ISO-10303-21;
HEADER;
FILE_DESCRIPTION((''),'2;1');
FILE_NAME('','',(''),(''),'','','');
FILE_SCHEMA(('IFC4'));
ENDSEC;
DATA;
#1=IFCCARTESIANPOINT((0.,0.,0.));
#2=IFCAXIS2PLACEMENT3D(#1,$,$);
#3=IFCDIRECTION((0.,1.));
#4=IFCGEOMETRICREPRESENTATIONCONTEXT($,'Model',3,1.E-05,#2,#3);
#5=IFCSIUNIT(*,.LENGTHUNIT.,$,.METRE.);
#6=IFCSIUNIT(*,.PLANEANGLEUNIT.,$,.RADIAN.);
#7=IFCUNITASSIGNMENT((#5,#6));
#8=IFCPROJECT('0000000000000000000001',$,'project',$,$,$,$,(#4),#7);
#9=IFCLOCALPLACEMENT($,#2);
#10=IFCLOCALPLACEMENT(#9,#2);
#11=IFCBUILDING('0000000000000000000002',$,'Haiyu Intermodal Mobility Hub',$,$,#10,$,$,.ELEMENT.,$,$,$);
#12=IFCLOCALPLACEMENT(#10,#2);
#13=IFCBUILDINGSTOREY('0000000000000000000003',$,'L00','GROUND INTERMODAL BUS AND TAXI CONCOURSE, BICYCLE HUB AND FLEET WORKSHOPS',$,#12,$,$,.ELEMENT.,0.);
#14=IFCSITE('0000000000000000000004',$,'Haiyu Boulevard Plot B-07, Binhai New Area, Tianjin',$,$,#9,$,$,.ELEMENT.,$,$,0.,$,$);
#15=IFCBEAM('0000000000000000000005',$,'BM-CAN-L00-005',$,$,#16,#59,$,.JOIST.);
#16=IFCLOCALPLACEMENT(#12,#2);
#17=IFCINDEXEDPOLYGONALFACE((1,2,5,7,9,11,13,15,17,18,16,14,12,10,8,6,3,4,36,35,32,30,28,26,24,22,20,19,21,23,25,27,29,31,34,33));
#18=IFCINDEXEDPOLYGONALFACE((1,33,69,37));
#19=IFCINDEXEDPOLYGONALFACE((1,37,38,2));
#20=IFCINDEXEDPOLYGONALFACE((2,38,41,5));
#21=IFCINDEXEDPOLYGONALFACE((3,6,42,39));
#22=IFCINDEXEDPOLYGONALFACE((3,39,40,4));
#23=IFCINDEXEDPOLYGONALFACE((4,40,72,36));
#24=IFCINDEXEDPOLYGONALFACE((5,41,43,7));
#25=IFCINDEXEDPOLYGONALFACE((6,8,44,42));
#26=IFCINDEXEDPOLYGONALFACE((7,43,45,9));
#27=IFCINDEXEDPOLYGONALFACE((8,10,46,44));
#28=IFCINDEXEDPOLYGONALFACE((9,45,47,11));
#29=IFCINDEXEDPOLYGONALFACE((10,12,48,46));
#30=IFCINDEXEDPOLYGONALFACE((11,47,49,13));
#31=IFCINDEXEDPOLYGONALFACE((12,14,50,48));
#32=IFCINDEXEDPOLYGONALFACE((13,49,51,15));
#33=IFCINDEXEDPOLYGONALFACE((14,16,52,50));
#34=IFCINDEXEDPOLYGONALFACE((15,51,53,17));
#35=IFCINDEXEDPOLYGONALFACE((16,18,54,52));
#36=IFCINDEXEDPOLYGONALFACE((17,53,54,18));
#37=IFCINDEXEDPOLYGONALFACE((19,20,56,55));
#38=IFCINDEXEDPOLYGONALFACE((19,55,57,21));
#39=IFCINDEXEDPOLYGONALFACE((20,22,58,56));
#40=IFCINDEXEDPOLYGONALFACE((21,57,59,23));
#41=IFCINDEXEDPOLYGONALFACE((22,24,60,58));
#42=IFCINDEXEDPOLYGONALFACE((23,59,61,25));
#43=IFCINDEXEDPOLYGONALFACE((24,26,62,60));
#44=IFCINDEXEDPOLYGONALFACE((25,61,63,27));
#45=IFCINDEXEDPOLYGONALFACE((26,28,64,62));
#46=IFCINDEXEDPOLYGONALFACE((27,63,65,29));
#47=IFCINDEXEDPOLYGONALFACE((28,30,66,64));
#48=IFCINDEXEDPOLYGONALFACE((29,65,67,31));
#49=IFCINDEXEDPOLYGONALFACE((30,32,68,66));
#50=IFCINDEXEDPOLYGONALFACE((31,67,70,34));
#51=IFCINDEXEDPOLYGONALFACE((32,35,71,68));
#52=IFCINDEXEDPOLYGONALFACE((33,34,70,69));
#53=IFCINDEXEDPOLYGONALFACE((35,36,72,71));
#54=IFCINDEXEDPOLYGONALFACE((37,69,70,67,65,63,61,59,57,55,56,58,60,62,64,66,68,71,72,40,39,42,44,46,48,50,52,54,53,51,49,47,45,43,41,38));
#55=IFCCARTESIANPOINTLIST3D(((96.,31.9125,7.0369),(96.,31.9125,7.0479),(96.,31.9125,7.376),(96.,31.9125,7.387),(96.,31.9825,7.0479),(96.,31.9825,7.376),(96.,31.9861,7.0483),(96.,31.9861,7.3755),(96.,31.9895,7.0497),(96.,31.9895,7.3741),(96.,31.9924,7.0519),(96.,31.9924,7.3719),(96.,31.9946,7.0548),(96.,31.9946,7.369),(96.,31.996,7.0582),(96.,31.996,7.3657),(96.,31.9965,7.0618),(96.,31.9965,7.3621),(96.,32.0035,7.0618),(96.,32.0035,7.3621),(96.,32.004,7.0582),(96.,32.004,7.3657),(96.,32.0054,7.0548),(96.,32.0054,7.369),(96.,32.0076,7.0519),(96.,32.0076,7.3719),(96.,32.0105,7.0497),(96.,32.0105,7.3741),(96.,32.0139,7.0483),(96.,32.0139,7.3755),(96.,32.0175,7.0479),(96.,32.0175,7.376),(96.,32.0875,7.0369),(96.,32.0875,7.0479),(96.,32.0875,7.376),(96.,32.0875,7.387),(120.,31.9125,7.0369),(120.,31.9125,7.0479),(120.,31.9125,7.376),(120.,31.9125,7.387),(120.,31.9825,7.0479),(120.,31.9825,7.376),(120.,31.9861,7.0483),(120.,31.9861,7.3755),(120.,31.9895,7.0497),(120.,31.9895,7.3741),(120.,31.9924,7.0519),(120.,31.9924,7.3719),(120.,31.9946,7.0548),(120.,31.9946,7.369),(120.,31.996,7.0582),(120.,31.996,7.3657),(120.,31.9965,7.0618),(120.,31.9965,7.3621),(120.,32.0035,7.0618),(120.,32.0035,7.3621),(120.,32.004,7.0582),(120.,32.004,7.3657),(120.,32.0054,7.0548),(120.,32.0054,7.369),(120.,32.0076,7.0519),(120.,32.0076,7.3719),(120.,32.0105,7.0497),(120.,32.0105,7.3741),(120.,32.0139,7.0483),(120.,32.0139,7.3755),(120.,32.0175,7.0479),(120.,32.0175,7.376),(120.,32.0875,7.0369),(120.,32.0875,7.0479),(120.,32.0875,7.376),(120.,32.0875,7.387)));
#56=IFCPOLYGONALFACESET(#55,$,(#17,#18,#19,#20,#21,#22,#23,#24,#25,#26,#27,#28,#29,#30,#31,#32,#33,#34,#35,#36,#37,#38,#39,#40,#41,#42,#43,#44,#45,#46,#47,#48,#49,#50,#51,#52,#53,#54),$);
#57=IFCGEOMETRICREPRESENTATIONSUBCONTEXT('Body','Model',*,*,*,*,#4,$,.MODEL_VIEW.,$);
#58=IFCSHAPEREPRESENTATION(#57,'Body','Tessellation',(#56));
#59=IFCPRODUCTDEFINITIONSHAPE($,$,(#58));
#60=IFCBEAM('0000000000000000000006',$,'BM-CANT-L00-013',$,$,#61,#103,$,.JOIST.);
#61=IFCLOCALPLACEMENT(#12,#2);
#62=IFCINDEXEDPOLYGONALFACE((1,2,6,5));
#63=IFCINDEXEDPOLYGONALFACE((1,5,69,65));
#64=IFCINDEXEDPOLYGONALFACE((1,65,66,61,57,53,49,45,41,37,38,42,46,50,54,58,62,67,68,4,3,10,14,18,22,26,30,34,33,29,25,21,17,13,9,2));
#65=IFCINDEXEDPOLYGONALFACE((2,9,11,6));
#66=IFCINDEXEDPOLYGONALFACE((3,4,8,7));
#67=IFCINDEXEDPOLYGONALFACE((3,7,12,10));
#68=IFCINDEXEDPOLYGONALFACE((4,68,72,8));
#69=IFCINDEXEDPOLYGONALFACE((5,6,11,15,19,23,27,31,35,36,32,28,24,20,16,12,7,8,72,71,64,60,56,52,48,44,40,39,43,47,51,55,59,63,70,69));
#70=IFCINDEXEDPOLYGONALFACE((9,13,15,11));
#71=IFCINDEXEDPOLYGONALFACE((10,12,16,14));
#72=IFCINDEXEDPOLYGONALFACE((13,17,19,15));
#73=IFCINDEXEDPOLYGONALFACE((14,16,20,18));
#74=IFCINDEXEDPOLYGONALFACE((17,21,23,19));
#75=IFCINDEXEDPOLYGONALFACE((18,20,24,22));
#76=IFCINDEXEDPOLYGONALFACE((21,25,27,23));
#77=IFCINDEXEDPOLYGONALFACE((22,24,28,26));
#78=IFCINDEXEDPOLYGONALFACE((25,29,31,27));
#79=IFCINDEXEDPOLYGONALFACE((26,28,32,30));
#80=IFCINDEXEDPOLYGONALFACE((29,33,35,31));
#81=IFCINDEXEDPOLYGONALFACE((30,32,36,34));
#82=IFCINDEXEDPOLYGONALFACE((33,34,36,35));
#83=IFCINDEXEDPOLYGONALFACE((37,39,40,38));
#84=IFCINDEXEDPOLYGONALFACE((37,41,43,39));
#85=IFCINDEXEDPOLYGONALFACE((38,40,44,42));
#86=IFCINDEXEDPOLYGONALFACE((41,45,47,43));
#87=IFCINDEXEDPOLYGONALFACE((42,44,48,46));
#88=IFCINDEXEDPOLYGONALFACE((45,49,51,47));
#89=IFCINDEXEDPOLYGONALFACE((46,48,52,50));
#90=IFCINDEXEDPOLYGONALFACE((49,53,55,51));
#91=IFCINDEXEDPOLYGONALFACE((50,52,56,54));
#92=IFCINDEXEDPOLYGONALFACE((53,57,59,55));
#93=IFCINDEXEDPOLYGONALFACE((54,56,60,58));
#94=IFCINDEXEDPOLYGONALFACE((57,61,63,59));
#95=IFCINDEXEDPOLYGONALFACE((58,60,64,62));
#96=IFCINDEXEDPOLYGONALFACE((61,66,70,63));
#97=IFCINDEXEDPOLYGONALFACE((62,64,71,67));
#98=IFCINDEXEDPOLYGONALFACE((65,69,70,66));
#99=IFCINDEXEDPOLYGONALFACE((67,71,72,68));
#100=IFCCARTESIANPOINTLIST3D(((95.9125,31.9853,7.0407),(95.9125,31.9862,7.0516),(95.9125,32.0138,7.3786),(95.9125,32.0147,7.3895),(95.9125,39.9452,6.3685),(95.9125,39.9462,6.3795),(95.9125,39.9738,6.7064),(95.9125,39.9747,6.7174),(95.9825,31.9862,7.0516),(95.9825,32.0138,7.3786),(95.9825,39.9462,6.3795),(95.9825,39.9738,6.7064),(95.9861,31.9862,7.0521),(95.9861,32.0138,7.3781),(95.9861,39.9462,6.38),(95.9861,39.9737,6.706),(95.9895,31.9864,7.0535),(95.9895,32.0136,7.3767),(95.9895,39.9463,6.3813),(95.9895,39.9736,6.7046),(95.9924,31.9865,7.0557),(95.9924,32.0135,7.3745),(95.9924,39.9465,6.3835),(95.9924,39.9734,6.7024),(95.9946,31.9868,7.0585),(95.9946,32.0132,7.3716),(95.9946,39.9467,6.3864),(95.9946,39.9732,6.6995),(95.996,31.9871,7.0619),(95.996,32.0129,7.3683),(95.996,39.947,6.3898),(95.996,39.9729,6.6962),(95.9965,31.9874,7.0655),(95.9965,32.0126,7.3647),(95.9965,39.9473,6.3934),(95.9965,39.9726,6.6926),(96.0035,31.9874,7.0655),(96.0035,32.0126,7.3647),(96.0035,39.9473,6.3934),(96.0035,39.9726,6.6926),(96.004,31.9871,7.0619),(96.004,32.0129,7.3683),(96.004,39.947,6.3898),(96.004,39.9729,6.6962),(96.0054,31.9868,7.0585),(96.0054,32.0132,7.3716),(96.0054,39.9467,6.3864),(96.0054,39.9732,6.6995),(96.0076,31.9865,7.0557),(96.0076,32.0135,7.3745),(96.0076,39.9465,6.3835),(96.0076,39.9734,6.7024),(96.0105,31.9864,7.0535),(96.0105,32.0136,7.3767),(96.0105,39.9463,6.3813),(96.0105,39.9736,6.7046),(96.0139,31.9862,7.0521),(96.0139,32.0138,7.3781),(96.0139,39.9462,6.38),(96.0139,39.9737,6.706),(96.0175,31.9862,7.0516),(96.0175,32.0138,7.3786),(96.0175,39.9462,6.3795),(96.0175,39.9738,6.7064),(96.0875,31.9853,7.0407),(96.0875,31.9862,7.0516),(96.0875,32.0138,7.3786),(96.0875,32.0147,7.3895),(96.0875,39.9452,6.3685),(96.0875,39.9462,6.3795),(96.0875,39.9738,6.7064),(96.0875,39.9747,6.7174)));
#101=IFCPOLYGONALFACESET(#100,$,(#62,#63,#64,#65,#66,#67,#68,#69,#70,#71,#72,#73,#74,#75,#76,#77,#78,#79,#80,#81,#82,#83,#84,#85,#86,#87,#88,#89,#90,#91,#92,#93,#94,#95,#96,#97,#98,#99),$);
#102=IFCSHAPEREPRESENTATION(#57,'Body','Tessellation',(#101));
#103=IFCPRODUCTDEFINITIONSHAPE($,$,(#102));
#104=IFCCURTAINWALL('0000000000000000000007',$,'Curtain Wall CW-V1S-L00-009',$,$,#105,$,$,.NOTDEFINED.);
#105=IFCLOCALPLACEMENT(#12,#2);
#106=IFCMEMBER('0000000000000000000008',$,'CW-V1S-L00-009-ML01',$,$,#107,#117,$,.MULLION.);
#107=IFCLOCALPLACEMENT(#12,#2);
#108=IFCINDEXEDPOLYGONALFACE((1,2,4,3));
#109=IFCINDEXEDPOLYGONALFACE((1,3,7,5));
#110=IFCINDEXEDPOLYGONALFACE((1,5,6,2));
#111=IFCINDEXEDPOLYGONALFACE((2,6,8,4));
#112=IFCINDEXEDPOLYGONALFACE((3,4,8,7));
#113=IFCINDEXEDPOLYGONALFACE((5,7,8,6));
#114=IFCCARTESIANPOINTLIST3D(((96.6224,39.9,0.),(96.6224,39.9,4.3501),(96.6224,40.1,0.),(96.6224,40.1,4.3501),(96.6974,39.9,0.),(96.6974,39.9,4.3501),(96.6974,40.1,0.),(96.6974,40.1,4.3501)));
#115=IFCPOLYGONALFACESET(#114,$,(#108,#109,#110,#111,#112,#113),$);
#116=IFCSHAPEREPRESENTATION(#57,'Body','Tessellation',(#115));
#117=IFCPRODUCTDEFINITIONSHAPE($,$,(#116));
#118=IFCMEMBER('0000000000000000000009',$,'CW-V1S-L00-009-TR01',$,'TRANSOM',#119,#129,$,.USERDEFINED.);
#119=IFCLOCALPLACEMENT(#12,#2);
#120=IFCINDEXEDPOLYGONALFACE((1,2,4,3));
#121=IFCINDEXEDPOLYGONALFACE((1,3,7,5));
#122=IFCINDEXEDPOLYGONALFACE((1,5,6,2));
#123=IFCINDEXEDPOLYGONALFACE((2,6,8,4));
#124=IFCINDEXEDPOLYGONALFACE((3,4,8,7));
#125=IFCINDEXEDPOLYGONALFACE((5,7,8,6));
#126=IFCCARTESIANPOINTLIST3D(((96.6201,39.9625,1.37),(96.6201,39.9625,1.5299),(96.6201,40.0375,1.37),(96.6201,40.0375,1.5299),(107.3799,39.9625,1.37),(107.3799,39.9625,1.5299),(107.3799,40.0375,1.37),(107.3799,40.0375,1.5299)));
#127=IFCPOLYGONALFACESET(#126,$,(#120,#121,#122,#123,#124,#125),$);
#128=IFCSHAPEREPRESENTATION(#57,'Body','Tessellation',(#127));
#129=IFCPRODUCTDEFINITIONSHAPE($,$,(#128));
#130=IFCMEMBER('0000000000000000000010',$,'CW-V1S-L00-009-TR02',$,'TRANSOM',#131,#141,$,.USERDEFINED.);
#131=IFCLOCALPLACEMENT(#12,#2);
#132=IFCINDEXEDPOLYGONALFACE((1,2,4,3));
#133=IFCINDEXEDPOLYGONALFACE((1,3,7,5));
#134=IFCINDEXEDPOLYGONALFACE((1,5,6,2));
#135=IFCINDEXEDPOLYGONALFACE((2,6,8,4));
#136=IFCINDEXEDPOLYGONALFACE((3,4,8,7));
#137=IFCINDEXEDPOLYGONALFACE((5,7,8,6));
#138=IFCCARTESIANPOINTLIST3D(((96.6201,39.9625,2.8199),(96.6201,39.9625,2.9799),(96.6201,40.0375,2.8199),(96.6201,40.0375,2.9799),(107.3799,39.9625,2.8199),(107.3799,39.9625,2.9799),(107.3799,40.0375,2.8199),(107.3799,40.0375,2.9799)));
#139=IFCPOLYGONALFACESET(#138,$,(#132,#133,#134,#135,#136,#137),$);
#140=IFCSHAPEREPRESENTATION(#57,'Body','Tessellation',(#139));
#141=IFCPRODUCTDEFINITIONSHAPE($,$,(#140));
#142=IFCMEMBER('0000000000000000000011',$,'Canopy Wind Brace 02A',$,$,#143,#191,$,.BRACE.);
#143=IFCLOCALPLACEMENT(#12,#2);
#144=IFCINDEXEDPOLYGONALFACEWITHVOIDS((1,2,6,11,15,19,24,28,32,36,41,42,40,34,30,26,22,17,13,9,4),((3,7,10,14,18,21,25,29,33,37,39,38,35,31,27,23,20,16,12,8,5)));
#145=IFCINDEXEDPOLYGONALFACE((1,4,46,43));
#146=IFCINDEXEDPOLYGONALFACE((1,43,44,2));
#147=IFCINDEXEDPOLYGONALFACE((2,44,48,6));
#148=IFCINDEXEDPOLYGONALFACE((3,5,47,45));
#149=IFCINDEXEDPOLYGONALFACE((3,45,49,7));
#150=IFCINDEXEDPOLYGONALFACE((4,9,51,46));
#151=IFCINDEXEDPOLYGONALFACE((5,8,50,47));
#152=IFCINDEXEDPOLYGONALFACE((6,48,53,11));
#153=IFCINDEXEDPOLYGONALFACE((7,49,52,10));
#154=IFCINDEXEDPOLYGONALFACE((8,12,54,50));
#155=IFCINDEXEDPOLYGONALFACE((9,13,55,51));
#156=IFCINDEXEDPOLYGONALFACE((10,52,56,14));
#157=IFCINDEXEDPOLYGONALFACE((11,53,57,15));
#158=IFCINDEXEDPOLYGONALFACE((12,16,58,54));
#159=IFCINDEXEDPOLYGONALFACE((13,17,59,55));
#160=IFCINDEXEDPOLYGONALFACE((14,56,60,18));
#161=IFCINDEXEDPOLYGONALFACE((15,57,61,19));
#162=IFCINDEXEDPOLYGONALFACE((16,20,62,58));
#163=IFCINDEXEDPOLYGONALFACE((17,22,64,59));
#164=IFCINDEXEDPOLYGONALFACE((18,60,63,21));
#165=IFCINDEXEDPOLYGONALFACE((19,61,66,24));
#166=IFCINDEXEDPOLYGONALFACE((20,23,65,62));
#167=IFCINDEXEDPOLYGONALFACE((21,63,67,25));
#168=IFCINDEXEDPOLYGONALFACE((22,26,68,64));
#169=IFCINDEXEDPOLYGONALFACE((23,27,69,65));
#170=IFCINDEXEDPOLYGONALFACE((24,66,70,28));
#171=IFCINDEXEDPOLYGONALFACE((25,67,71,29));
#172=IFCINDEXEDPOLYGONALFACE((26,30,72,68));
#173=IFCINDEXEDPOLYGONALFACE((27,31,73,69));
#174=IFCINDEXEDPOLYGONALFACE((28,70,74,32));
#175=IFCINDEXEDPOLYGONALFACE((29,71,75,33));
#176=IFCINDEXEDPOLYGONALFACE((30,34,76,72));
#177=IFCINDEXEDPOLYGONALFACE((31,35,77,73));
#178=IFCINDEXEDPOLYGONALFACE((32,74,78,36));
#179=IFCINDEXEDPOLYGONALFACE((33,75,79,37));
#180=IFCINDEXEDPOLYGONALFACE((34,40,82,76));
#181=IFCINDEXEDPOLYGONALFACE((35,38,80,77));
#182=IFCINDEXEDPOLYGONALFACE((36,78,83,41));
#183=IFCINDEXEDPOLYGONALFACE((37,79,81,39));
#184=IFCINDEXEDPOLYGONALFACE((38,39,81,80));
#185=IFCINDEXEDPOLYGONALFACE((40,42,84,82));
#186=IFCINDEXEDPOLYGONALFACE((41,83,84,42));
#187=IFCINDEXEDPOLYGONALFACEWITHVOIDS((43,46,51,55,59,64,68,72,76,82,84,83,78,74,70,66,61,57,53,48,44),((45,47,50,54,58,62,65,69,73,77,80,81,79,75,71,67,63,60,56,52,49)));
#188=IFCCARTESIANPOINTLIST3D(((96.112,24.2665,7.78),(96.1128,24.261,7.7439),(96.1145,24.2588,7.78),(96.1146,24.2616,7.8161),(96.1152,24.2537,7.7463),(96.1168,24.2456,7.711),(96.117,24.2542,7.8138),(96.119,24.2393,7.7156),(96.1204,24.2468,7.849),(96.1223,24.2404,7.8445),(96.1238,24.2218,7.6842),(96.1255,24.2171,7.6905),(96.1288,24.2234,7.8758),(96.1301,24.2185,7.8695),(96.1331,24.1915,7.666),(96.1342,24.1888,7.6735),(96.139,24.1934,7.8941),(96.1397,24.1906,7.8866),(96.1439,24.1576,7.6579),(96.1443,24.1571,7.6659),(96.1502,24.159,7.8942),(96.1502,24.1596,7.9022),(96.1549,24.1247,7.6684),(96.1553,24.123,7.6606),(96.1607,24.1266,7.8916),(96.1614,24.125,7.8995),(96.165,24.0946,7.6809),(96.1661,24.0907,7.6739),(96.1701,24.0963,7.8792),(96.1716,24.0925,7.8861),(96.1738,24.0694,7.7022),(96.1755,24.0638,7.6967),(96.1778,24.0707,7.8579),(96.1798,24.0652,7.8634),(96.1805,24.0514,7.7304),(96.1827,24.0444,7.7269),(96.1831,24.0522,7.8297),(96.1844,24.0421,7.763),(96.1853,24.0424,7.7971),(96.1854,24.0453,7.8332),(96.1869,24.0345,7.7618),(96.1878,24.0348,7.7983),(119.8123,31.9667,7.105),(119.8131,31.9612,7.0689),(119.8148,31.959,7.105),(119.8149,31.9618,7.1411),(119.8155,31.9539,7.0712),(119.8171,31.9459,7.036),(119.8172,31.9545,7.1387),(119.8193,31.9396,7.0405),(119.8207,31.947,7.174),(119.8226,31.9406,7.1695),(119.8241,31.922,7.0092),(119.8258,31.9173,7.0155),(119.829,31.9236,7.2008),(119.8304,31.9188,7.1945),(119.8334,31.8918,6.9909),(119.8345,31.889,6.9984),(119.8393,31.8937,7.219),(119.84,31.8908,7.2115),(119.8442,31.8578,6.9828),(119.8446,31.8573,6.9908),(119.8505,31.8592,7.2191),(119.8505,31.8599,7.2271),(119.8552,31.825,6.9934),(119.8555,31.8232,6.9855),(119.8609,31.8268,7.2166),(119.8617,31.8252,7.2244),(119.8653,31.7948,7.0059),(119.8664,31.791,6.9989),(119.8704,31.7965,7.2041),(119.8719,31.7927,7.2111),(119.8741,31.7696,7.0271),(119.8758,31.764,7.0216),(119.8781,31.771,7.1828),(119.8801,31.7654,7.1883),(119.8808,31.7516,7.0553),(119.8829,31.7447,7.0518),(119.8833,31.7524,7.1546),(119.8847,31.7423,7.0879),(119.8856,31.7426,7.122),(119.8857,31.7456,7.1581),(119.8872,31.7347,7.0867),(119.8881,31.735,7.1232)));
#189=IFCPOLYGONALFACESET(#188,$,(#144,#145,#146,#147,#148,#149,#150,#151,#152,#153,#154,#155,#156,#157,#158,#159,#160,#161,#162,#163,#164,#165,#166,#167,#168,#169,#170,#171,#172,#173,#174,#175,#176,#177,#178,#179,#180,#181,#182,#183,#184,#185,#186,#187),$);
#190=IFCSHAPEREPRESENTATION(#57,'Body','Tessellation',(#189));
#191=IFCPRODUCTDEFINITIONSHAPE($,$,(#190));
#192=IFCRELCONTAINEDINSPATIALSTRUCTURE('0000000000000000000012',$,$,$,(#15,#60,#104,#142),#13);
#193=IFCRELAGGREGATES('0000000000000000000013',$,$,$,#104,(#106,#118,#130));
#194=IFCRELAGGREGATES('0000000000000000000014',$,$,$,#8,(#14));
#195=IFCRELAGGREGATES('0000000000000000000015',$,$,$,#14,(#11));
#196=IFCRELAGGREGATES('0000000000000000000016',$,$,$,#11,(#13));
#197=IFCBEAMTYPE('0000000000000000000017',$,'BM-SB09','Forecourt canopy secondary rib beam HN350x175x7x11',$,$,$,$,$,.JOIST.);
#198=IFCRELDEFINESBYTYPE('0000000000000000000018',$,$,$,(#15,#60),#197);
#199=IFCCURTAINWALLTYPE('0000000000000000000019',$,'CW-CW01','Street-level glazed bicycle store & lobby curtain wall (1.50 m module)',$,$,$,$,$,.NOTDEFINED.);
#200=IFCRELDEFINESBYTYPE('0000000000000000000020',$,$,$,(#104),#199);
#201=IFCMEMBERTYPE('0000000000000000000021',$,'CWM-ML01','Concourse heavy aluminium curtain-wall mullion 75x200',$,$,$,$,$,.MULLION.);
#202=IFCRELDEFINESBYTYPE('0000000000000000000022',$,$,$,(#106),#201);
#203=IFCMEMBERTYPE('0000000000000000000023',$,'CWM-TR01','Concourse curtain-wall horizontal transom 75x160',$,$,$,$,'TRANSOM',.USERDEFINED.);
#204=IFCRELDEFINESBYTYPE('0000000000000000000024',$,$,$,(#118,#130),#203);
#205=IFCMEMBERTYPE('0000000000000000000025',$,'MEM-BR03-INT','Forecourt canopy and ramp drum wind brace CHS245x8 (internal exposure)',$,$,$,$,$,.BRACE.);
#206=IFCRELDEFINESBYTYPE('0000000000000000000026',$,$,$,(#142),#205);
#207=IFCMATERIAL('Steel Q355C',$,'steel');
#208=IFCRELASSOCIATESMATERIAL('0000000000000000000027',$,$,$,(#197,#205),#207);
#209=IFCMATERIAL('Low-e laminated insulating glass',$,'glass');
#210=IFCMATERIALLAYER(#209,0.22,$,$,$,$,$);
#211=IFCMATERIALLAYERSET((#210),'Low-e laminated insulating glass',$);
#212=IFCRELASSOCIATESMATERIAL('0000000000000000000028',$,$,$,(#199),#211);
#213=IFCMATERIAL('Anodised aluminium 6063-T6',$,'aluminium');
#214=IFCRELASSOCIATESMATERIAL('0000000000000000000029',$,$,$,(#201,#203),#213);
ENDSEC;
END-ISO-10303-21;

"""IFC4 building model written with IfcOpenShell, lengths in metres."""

from ifc_helpers import new_model, si_unit, direction, frame, origin, origin_2d, place, context, subcontext, project, spatial, rectangle, hollow_circle, i_section, extrude, material, layer, layer_set, material_profile, profile_set, type_object, element, aggregate, save


model = new_model("IFC4")

# Units and contexts
model_context = context("Model", 3, precision=1e-05, world=origin(), true_north=direction((0.0, 1.0)))
body_context = subcontext(model_context, "Body", "Model", "MODEL_VIEW")
ifc_project = project(units=[si_unit("LENGTHUNIT", "METRE"), si_unit("PLANEANGLEUNIT", "RADIAN")], contexts=[model_context])

# Site, building, storey
site_placement = place(None, origin())
site = spatial("IfcSite", under=ifc_project, at=site_placement, Name="Haiyu Boulevard Plot B-07, Binhai New Area, Tianjin", CompositionType="ELEMENT", RefElevation=0.0)
building_placement = place(site_placement, origin())
building = spatial("IfcBuilding", under=site, at=building_placement, Name="Haiyu Intermodal Mobility Hub", CompositionType="ELEMENT")
storey_placement = place(building_placement, origin())
storey = spatial("IfcBuildingStorey", under=building, at=storey_placement, Name="L00", Description="GROUND INTERMODAL BUS AND TAXI CONCOURSE, BICYCLE HUB AND FLEET WORKSHOPS", CompositionType="ELEMENT", Elevation=0.0)

# Shared definitions
ifc_material_1 = material(Name="Steel Q355C", Category="steel")

# Beams
ifc_material_profile_1 = material_profile(ifc_material_1, i_section(OverallWidth=0.175, OverallDepth=0.3501, WebThickness=0.0071, FlangeThickness=0.011, FilletRadius=0.0139, at=origin_2d()), Name="HN350x175x7x11")
ifc_profile_set_1 = profile_set([ifc_material_profile_1], Name="Steel Q355C")
beam_type_1 = type_object("IfcBeamType", Name="BM-SB09", Description="Forecourt canopy secondary rib beam HN350x175x7x11", PredefinedType="JOIST", material=ifc_profile_set_1)
beam_1_placement = place(storey_placement, frame((96.0, 32.0, 7.2119), z_axis=(1.0, 0.0, 0.0), x_axis=(0.0, 1.0, 0.0)))
element("IfcBeam", 1, at=beam_1_placement, inside=storey, type_object=beam_type_1, Name="BM-CAN-L00-005", PredefinedType="JOIST", context=body_context, shape_type="SweptSolid", body=[
    extrude(i_section(OverallWidth=0.175, OverallDepth=0.3501, WebThickness=0.0071, FlangeThickness=0.011, FilletRadius=0.0139, at=origin_2d()), origin(), (0.0, 0.0, 1.0), 24.0),
])
beam_2_placement = place(storey_placement, frame((96.0, 32.0, 7.2151), z_axis=(0.0, 0.996454, -0.084138), x_axis=(-1.0, 0.0, 0.0)))
element("IfcBeam", 2, at=beam_2_placement, inside=storey, type_object=beam_type_1, Name="BM-CANT-L00-013", PredefinedType="JOIST", context=body_context, shape_type="SweptSolid", body=[
    extrude(i_section(OverallWidth=0.175, OverallDepth=0.3501, WebThickness=0.0071, FlangeThickness=0.011, FilletRadius=0.0139, at=origin_2d()), origin(), (0.0, 0.0, 1.0), 7.9883),
])

# Curtain wall, members
ifc_material_2 = material(Name="Low-e laminated insulating glass", Category="glass")
ifc_layer_1 = layer(ifc_material_2, 0.22)
ifc_layer_set_1 = layer_set([ifc_layer_1], Name="Low-e laminated insulating glass")
curtain_wall_type = type_object("IfcCurtainWallType", Name="CW-CW01", Description="Street-level glazed bicycle store & lobby curtain wall (1.50 m module)", PredefinedType="NOTDEFINED", material=ifc_layer_set_1)
curtain_wall_placement = place(storey_placement, origin())
curtain_wall = element("IfcCurtainWall", 3, at=curtain_wall_placement, inside=storey, type_object=curtain_wall_type, Name="Curtain Wall CW-V1S-L00-009", PredefinedType="NOTDEFINED")
ifc_material_3 = material(Name="Anodised aluminium 6063-T6", Category="aluminium")
ifc_material_profile_2 = material_profile(ifc_material_3, rectangle(XDim=0.075, YDim=0.2, at=origin_2d()), Name="ALU75x200")
ifc_profile_set_2 = profile_set([ifc_material_profile_2], Name="Anodised aluminium 6063-T6")
member_type_1 = type_object("IfcMemberType", Name="CWM-ML01", Description="Concourse heavy aluminium curtain-wall mullion 75x200", PredefinedType="MULLION", material=ifc_profile_set_2)
member_1_placement = place(storey_placement, frame((96.6599, 40.0, 0.0), z_axis=(0.0, 0.0, 1.0), x_axis=(1.0, 0.0, 0.0)))
member_1 = element("IfcMember", 4, at=member_1_placement, type_object=member_type_1, Name="CW-V1S-L00-009-ML01", PredefinedType="MULLION", context=body_context, shape_type="SweptSolid", body=[
    extrude(rectangle(XDim=0.075, YDim=0.2, at=origin_2d()), origin(), (0.0, 0.0, 1.0), 4.3501),
])
ifc_material_profile_3 = material_profile(ifc_material_3, rectangle(XDim=0.075, YDim=0.1599, at=origin_2d()), Name="ALU75x160")
ifc_profile_set_3 = profile_set([ifc_material_profile_3], Name="Anodised aluminium 6063-T6")
member_type_2 = type_object("IfcMemberType", Name="CWM-TR01", Description="Concourse curtain-wall horizontal transom 75x160", ElementType="TRANSOM", PredefinedType="USERDEFINED", material=ifc_profile_set_3)
member_2_placement = place(storey_placement, frame((96.6201, 40.0, 1.45), z_axis=(1.0, 0.0, 0.0), x_axis=(0.0, 1.0, 0.0)))
member_2 = element("IfcMember", 5, at=member_2_placement, type_object=member_type_2, Name="CW-V1S-L00-009-TR01", ObjectType="TRANSOM", PredefinedType="USERDEFINED", context=body_context, shape_type="SweptSolid", body=[
    extrude(rectangle(XDim=0.075, YDim=0.1599, at=origin_2d()), origin(), (0.0, 0.0, 1.0), 10.7598),
])
member_3_placement = place(storey_placement, frame((96.6201, 40.0, 2.8999), z_axis=(1.0, 0.0, 0.0), x_axis=(0.0, 1.0, 0.0)))
member_3 = element("IfcMember", 6, at=member_3_placement, type_object=member_type_2, Name="CW-V1S-L00-009-TR02", ObjectType="TRANSOM", PredefinedType="USERDEFINED", context=body_context, shape_type="SweptSolid", body=[
    extrude(rectangle(XDim=0.075, YDim=0.1599, at=origin_2d()), origin(), (0.0, 0.0, 1.0), 10.7598),
])

# Member
ifc_material_profile_4 = material_profile(ifc_material_1, hollow_circle(Radius=0.1226, WallThickness=0.0081, at=origin_2d()), Name="CHS245x8")
ifc_profile_set_4 = profile_set([ifc_material_profile_4], Name="Steel Q355C")
member_type_3 = type_object("IfcMemberType", Name="MEM-BR03-INT", Description="Forecourt canopy and ramp drum wind brace CHS245x8 (internal exposure)", PredefinedType="BRACE", material=ifc_profile_set_4)
member_4_placement = place(storey_placement, frame((96.1499, 24.1499, 7.78), z_axis=(0.950713, 0.308887, -0.027079), x_axis=(-0.309, 0.951062, 0.0)))
element("IfcMember", 7, at=member_4_placement, inside=storey, type_object=member_type_3, Name="Canopy Wind Brace 02A", PredefinedType="BRACE", context=body_context, shape_type="SweptSolid", body=[
    extrude(hollow_circle(Radius=0.1226, WallThickness=0.0081, at=origin_2d()), origin(), (0.0, 0.0, 1.0), 24.929),
])

aggregate(curtain_wall, [member_1, member_2, member_3])

save(model, "model.ifc")
